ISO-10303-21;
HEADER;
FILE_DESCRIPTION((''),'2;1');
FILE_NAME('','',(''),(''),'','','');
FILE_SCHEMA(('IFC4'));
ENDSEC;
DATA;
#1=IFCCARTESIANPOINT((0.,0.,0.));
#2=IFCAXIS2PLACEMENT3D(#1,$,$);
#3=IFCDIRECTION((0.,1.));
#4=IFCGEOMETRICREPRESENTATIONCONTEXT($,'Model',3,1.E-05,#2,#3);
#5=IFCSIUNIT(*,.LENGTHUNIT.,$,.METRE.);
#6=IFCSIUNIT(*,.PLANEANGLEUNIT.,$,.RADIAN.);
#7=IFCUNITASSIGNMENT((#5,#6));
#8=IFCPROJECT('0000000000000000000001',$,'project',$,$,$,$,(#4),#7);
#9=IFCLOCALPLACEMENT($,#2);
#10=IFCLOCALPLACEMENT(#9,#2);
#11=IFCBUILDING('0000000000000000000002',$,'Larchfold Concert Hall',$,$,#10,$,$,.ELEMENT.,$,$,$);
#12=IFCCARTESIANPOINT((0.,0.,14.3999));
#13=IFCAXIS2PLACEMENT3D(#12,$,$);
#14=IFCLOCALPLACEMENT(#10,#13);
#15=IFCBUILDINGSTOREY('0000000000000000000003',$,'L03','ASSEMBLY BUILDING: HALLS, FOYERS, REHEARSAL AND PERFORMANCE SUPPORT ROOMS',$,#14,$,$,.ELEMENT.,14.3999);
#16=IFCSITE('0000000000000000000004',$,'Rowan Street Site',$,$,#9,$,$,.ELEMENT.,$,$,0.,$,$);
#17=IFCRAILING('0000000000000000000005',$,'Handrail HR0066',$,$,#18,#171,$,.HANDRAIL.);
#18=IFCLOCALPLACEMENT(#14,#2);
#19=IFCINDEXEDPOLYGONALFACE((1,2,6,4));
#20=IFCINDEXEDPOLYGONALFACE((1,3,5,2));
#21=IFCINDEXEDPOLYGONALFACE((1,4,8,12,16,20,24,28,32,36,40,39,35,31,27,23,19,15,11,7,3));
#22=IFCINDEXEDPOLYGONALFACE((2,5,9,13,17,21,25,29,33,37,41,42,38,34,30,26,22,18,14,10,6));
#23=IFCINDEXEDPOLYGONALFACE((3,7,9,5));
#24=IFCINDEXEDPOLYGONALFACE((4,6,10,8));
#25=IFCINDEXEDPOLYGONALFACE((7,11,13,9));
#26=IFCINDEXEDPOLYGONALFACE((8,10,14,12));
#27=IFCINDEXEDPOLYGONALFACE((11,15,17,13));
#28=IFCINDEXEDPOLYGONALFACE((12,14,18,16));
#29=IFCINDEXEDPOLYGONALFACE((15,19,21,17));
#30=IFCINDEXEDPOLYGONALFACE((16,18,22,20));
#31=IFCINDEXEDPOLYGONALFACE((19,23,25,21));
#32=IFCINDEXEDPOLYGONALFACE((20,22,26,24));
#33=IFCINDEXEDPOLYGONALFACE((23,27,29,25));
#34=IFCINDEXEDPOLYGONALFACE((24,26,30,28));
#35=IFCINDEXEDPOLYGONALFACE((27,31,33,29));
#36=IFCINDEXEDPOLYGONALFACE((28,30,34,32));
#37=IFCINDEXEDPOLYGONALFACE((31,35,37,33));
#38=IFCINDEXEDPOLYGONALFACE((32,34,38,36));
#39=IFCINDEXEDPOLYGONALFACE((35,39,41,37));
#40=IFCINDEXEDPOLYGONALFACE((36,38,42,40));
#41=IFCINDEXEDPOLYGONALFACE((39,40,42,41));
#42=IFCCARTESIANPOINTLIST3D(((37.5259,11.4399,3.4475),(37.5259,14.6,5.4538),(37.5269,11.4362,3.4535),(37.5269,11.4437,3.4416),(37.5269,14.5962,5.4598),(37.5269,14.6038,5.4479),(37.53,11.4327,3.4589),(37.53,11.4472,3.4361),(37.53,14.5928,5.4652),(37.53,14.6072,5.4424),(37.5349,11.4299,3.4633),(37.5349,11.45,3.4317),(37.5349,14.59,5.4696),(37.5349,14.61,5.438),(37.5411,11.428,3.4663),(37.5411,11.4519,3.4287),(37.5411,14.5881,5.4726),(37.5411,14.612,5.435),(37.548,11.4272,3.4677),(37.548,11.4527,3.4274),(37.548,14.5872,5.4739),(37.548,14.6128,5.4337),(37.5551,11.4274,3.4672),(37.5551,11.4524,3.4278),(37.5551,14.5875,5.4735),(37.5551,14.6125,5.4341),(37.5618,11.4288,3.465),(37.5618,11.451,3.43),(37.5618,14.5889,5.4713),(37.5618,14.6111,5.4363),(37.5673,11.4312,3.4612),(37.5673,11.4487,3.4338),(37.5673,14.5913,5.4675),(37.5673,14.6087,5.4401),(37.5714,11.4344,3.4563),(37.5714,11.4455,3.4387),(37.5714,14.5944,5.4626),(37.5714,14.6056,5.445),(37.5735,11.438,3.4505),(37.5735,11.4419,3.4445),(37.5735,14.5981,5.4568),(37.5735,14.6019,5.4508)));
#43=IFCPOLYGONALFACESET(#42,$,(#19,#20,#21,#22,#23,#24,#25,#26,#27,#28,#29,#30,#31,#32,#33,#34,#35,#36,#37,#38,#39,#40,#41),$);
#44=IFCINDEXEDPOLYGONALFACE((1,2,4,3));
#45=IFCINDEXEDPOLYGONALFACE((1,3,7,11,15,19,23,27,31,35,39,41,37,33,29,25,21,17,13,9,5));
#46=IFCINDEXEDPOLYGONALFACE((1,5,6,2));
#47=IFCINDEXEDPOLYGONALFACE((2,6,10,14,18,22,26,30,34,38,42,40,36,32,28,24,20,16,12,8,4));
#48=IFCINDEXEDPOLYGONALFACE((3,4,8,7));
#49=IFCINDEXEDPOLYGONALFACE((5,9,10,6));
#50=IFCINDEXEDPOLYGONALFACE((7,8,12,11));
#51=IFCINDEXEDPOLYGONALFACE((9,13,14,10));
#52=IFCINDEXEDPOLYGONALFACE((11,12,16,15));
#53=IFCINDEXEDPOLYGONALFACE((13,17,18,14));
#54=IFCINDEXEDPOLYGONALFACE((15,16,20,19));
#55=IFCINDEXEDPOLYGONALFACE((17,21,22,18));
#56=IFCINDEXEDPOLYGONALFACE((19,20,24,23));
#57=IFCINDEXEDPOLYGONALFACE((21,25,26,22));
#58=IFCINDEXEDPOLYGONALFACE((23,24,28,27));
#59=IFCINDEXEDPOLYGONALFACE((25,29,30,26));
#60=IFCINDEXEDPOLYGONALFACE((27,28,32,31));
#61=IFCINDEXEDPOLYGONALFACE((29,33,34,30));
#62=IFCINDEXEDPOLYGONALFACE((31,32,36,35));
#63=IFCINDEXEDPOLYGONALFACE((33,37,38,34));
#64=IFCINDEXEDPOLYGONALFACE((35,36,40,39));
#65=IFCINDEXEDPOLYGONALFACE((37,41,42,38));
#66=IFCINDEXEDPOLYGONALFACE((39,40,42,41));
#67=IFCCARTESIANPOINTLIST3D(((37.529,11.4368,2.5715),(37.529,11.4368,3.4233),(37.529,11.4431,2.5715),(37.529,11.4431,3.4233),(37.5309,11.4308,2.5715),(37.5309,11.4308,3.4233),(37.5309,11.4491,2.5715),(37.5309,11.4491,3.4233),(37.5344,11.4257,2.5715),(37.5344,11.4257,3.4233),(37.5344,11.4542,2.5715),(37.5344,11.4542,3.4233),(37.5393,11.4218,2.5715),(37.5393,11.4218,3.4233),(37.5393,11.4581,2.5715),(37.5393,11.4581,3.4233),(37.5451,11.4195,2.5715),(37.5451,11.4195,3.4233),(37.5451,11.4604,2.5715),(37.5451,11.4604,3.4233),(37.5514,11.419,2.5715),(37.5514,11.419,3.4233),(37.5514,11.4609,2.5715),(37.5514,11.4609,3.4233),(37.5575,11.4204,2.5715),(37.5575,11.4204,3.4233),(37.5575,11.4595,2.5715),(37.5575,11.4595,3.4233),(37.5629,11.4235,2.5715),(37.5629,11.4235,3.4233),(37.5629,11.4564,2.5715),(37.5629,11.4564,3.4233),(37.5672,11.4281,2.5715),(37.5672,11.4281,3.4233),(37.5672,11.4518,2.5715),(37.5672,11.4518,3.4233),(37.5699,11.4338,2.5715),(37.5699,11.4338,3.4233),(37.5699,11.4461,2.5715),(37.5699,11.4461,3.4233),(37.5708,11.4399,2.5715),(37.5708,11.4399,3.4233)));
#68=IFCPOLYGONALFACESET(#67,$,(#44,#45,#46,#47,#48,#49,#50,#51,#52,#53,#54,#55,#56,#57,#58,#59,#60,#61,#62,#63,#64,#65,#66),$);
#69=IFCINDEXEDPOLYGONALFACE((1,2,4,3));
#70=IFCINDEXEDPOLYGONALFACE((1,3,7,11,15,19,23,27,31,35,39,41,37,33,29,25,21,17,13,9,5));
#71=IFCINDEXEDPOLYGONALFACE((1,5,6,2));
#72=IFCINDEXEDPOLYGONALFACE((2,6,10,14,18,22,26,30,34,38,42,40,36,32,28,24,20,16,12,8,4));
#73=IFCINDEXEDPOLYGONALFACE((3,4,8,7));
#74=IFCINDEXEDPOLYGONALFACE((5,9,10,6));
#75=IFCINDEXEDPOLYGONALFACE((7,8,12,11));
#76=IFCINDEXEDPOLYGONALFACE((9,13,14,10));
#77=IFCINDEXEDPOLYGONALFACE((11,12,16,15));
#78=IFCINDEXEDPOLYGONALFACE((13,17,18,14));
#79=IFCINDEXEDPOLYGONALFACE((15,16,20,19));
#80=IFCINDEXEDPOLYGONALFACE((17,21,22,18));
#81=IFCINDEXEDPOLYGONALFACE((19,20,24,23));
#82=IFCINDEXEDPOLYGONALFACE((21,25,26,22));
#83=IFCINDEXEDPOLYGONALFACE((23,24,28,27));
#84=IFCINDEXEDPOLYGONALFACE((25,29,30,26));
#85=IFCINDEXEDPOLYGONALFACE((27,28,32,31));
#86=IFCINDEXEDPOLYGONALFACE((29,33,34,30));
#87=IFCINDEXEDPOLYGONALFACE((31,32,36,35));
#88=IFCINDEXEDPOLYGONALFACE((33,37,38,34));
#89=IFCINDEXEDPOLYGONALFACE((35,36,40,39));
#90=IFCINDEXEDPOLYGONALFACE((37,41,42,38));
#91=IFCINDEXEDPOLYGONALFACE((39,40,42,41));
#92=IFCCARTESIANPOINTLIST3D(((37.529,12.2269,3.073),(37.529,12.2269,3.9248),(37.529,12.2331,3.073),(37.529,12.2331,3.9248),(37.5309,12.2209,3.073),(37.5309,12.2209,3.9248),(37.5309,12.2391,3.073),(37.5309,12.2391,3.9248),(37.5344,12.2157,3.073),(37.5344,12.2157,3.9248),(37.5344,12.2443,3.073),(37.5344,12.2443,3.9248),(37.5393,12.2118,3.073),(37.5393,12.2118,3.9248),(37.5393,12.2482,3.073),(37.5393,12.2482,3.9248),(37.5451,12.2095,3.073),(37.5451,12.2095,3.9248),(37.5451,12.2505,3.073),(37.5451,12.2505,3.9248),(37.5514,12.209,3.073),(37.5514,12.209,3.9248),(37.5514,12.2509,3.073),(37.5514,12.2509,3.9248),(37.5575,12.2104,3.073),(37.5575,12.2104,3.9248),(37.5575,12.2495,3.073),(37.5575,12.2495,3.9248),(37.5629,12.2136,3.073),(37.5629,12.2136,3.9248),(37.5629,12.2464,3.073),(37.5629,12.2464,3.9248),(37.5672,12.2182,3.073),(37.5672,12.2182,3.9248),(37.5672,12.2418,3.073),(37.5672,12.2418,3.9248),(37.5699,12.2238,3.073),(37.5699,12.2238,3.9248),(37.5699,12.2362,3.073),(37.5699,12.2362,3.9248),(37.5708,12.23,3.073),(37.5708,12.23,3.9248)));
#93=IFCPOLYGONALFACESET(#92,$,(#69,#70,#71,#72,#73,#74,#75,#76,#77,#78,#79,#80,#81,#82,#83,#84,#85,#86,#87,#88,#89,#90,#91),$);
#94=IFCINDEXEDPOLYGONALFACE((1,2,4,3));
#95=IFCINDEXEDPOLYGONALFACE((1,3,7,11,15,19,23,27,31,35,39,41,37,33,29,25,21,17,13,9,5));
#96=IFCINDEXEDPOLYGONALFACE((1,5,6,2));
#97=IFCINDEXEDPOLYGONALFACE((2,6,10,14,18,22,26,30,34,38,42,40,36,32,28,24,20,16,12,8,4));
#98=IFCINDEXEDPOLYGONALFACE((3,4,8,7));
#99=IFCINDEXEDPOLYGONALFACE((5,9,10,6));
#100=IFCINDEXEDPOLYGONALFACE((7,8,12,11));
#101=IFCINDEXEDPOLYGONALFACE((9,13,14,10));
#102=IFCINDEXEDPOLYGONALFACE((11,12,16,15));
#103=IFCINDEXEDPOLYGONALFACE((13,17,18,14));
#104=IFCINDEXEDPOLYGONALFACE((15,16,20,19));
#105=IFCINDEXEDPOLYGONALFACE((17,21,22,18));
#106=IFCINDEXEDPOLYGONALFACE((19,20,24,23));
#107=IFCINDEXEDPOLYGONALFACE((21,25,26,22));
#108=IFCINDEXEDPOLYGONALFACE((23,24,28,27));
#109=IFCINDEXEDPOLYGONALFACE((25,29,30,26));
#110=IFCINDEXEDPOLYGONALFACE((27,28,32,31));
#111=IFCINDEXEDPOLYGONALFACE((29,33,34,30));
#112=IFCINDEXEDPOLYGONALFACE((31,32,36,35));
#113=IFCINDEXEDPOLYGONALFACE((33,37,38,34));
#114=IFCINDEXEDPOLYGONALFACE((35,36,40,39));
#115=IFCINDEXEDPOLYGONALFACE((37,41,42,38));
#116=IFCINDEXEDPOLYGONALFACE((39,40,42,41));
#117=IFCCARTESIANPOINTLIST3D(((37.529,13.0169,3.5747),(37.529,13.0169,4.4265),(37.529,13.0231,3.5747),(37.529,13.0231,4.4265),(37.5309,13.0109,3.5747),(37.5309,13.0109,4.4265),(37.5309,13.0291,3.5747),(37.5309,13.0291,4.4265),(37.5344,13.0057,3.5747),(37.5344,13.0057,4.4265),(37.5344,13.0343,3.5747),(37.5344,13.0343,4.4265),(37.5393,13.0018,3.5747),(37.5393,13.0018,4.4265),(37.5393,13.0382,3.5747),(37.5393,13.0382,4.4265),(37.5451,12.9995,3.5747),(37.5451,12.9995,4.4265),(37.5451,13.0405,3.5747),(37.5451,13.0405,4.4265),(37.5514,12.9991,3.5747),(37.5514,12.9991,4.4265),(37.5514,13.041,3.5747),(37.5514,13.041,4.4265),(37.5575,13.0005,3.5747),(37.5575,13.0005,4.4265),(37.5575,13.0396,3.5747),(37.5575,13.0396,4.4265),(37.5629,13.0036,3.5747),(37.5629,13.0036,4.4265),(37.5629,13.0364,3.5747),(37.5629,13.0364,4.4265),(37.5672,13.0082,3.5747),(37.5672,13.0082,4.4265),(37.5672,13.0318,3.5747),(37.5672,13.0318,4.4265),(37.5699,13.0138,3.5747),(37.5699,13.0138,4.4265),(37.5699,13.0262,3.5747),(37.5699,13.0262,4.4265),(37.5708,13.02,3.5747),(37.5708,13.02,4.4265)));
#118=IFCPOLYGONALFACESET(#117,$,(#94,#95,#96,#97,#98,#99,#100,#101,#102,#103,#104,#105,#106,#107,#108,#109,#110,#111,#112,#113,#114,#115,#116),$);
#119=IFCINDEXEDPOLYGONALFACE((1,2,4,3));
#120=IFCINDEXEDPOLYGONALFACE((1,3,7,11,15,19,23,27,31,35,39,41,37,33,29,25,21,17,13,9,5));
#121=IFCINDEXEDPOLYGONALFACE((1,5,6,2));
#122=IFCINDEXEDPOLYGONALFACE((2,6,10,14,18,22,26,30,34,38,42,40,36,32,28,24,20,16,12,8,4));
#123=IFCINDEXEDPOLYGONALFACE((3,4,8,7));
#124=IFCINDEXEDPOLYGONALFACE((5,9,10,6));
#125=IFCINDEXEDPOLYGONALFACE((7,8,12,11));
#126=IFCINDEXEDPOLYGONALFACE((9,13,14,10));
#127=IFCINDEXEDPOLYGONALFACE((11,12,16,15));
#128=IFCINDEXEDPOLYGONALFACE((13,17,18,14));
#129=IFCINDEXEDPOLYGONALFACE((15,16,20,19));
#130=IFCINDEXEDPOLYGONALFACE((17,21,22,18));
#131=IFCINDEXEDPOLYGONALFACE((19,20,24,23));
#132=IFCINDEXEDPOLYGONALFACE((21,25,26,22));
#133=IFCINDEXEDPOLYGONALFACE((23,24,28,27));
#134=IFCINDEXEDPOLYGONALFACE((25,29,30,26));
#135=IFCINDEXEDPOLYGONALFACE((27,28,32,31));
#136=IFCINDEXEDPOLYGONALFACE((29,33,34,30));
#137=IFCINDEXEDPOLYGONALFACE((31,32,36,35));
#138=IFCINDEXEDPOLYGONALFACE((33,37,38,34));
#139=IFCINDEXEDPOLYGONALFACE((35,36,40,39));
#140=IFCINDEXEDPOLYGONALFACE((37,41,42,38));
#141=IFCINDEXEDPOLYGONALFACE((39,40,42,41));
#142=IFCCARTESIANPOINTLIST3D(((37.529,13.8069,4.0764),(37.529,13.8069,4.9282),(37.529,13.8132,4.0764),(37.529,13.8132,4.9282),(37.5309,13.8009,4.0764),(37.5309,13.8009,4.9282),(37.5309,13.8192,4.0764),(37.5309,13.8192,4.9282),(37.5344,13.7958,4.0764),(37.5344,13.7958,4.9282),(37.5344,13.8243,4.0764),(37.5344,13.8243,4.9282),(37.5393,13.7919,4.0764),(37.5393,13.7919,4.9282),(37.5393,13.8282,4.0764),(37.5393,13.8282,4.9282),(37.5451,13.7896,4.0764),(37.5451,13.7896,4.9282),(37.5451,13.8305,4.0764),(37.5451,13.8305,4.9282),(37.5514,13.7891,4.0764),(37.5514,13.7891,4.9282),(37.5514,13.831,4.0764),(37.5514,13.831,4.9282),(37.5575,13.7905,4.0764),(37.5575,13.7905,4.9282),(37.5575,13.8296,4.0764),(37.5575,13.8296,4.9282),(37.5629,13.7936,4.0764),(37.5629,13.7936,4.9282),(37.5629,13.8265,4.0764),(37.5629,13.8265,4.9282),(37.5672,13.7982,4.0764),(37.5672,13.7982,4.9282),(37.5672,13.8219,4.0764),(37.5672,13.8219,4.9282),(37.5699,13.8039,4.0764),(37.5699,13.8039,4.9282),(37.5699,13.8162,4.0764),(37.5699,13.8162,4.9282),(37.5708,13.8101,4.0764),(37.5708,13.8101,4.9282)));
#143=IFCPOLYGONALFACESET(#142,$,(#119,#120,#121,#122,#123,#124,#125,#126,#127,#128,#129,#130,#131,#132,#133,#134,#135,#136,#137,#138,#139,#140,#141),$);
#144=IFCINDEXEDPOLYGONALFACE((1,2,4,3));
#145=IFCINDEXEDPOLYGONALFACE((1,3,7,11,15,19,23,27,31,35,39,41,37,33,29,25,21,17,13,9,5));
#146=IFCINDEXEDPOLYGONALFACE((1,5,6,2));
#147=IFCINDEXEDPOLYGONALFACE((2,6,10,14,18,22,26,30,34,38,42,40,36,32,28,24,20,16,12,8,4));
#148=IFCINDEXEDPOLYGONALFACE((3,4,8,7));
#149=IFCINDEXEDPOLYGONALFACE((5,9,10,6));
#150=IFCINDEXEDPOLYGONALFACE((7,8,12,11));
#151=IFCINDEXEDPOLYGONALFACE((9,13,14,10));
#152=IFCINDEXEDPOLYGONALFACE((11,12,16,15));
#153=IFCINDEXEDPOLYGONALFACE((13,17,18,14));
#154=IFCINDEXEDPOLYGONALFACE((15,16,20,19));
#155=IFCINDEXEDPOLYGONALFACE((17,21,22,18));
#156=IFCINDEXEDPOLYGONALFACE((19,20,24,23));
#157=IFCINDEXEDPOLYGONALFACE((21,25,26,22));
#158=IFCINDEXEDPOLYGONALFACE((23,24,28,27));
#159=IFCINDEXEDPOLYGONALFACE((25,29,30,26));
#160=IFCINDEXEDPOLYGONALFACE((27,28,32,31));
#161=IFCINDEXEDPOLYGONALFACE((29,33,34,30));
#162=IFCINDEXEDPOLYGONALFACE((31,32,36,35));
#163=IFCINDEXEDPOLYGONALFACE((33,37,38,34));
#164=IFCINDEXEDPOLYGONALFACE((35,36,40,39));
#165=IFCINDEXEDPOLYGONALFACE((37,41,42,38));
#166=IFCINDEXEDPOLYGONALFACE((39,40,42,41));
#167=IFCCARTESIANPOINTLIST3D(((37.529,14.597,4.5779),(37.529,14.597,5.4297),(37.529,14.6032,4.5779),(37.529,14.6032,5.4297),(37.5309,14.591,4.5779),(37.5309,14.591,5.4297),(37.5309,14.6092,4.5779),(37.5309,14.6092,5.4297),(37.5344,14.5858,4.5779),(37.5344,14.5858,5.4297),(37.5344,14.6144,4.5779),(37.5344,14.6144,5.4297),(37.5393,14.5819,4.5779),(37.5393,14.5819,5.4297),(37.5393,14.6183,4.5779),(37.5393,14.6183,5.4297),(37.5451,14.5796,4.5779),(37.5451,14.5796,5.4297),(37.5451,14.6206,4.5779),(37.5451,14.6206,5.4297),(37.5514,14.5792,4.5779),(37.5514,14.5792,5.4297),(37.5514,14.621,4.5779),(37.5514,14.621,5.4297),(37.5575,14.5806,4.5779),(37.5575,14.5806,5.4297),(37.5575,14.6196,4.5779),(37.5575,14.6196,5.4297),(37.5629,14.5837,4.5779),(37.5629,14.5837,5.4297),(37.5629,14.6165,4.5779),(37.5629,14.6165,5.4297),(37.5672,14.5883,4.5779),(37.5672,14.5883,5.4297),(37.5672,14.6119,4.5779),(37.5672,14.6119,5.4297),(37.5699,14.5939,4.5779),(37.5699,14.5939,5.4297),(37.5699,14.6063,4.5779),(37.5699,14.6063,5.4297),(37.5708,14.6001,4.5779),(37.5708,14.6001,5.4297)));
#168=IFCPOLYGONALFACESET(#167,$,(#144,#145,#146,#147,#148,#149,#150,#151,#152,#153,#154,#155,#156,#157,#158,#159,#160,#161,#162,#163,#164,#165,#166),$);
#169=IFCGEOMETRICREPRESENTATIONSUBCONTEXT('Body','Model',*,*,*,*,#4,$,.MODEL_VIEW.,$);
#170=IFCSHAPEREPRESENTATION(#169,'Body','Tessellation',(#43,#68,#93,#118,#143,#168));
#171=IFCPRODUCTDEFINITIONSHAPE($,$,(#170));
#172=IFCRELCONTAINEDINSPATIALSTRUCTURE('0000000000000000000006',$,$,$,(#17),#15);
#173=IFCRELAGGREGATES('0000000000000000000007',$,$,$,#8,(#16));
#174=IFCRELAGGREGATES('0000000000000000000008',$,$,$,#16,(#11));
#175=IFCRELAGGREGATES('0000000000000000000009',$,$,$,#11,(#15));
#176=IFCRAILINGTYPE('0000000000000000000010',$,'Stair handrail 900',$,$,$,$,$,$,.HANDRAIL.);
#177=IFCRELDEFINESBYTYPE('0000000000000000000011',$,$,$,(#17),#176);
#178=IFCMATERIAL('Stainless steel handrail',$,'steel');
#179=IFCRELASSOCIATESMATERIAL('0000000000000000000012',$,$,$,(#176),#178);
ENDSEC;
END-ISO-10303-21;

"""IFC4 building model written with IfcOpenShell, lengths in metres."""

from ifc_helpers import new_model, si_unit, direction, frame, origin, origin_2d, place, context, subcontext, project, spatial, circle, extrude, material, type_object, element, save


model = new_model("IFC4")

# Units and contexts
model_context = context("Model", 3, precision=1e-05, world=origin(), true_north=direction((0.0, 1.0)))
body_context = subcontext(model_context, "Body", "Model", "MODEL_VIEW")
ifc_project = project(units=[si_unit("LENGTHUNIT", "METRE"), si_unit("PLANEANGLEUNIT", "RADIAN")], contexts=[model_context])

# Site, building, storey
site_placement = place(None, origin())
site = spatial("IfcSite", under=ifc_project, at=site_placement, Name="Rowan Street Site", CompositionType="ELEMENT", RefElevation=0.0)
building_placement = place(site_placement, origin())
building = spatial("IfcBuilding", under=site, at=building_placement, Name="Larchfold Concert Hall", CompositionType="ELEMENT")
storey_placement = place(building_placement, frame((0.0, 0.0, 14.3999)))
storey = spatial("IfcBuildingStorey", under=building, at=storey_placement, Name="L03", Description="ASSEMBLY BUILDING: HALLS, FOYERS, REHEARSAL AND PERFORMANCE SUPPORT ROOMS", CompositionType="ELEMENT", Elevation=14.3999)

# Railing
ifc_material_1 = material(Name="Stainless steel handrail", Category="steel")
railing_type_1 = type_object("IfcRailingType", Name="Stair handrail 900", PredefinedType="HANDRAIL", material=ifc_material_1)
railing_1_placement = place(storey_placement, frame((37.5498, 11.4399, 2.5715)))
element("IfcRailing", 1, at=railing_1_placement, inside=storey, type_object=railing_type_1, Name="Handrail HR0066", PredefinedType="HANDRAIL", context=body_context, shape_type="SweptSolid", body=[
    extrude(circle(Radius=0.0239, at=origin_2d()), frame((0.0, 0.0, 0.876), z_axis=(0.0, 0.844225, 0.535989), x_axis=(-1.0, 0.0, 0.0)), (0.0, 0.0, 1.0), 3.7432),
    extrude(circle(Radius=0.021, at=origin_2d()), origin(), (0.0, 0.0, 1.0), 0.8518),
    extrude(circle(Radius=0.021, at=origin_2d()), frame((0.0, 0.79, 0.5015)), (0.0, 0.0, 1.0), 0.8518),
    extrude(circle(Radius=0.021, at=origin_2d()), frame((0.0, 1.5801, 1.0032)), (0.0, 0.0, 1.0), 0.8518),
    extrude(circle(Radius=0.021, at=origin_2d()), frame((0.0, 2.3701, 1.5049)), (0.0, 0.0, 1.0), 0.8518),
    extrude(circle(Radius=0.021, at=origin_2d()), frame((0.0, 3.1602, 2.0063)), (0.0, 0.0, 1.0), 0.8518),
])

save(model, "model.ifc")
